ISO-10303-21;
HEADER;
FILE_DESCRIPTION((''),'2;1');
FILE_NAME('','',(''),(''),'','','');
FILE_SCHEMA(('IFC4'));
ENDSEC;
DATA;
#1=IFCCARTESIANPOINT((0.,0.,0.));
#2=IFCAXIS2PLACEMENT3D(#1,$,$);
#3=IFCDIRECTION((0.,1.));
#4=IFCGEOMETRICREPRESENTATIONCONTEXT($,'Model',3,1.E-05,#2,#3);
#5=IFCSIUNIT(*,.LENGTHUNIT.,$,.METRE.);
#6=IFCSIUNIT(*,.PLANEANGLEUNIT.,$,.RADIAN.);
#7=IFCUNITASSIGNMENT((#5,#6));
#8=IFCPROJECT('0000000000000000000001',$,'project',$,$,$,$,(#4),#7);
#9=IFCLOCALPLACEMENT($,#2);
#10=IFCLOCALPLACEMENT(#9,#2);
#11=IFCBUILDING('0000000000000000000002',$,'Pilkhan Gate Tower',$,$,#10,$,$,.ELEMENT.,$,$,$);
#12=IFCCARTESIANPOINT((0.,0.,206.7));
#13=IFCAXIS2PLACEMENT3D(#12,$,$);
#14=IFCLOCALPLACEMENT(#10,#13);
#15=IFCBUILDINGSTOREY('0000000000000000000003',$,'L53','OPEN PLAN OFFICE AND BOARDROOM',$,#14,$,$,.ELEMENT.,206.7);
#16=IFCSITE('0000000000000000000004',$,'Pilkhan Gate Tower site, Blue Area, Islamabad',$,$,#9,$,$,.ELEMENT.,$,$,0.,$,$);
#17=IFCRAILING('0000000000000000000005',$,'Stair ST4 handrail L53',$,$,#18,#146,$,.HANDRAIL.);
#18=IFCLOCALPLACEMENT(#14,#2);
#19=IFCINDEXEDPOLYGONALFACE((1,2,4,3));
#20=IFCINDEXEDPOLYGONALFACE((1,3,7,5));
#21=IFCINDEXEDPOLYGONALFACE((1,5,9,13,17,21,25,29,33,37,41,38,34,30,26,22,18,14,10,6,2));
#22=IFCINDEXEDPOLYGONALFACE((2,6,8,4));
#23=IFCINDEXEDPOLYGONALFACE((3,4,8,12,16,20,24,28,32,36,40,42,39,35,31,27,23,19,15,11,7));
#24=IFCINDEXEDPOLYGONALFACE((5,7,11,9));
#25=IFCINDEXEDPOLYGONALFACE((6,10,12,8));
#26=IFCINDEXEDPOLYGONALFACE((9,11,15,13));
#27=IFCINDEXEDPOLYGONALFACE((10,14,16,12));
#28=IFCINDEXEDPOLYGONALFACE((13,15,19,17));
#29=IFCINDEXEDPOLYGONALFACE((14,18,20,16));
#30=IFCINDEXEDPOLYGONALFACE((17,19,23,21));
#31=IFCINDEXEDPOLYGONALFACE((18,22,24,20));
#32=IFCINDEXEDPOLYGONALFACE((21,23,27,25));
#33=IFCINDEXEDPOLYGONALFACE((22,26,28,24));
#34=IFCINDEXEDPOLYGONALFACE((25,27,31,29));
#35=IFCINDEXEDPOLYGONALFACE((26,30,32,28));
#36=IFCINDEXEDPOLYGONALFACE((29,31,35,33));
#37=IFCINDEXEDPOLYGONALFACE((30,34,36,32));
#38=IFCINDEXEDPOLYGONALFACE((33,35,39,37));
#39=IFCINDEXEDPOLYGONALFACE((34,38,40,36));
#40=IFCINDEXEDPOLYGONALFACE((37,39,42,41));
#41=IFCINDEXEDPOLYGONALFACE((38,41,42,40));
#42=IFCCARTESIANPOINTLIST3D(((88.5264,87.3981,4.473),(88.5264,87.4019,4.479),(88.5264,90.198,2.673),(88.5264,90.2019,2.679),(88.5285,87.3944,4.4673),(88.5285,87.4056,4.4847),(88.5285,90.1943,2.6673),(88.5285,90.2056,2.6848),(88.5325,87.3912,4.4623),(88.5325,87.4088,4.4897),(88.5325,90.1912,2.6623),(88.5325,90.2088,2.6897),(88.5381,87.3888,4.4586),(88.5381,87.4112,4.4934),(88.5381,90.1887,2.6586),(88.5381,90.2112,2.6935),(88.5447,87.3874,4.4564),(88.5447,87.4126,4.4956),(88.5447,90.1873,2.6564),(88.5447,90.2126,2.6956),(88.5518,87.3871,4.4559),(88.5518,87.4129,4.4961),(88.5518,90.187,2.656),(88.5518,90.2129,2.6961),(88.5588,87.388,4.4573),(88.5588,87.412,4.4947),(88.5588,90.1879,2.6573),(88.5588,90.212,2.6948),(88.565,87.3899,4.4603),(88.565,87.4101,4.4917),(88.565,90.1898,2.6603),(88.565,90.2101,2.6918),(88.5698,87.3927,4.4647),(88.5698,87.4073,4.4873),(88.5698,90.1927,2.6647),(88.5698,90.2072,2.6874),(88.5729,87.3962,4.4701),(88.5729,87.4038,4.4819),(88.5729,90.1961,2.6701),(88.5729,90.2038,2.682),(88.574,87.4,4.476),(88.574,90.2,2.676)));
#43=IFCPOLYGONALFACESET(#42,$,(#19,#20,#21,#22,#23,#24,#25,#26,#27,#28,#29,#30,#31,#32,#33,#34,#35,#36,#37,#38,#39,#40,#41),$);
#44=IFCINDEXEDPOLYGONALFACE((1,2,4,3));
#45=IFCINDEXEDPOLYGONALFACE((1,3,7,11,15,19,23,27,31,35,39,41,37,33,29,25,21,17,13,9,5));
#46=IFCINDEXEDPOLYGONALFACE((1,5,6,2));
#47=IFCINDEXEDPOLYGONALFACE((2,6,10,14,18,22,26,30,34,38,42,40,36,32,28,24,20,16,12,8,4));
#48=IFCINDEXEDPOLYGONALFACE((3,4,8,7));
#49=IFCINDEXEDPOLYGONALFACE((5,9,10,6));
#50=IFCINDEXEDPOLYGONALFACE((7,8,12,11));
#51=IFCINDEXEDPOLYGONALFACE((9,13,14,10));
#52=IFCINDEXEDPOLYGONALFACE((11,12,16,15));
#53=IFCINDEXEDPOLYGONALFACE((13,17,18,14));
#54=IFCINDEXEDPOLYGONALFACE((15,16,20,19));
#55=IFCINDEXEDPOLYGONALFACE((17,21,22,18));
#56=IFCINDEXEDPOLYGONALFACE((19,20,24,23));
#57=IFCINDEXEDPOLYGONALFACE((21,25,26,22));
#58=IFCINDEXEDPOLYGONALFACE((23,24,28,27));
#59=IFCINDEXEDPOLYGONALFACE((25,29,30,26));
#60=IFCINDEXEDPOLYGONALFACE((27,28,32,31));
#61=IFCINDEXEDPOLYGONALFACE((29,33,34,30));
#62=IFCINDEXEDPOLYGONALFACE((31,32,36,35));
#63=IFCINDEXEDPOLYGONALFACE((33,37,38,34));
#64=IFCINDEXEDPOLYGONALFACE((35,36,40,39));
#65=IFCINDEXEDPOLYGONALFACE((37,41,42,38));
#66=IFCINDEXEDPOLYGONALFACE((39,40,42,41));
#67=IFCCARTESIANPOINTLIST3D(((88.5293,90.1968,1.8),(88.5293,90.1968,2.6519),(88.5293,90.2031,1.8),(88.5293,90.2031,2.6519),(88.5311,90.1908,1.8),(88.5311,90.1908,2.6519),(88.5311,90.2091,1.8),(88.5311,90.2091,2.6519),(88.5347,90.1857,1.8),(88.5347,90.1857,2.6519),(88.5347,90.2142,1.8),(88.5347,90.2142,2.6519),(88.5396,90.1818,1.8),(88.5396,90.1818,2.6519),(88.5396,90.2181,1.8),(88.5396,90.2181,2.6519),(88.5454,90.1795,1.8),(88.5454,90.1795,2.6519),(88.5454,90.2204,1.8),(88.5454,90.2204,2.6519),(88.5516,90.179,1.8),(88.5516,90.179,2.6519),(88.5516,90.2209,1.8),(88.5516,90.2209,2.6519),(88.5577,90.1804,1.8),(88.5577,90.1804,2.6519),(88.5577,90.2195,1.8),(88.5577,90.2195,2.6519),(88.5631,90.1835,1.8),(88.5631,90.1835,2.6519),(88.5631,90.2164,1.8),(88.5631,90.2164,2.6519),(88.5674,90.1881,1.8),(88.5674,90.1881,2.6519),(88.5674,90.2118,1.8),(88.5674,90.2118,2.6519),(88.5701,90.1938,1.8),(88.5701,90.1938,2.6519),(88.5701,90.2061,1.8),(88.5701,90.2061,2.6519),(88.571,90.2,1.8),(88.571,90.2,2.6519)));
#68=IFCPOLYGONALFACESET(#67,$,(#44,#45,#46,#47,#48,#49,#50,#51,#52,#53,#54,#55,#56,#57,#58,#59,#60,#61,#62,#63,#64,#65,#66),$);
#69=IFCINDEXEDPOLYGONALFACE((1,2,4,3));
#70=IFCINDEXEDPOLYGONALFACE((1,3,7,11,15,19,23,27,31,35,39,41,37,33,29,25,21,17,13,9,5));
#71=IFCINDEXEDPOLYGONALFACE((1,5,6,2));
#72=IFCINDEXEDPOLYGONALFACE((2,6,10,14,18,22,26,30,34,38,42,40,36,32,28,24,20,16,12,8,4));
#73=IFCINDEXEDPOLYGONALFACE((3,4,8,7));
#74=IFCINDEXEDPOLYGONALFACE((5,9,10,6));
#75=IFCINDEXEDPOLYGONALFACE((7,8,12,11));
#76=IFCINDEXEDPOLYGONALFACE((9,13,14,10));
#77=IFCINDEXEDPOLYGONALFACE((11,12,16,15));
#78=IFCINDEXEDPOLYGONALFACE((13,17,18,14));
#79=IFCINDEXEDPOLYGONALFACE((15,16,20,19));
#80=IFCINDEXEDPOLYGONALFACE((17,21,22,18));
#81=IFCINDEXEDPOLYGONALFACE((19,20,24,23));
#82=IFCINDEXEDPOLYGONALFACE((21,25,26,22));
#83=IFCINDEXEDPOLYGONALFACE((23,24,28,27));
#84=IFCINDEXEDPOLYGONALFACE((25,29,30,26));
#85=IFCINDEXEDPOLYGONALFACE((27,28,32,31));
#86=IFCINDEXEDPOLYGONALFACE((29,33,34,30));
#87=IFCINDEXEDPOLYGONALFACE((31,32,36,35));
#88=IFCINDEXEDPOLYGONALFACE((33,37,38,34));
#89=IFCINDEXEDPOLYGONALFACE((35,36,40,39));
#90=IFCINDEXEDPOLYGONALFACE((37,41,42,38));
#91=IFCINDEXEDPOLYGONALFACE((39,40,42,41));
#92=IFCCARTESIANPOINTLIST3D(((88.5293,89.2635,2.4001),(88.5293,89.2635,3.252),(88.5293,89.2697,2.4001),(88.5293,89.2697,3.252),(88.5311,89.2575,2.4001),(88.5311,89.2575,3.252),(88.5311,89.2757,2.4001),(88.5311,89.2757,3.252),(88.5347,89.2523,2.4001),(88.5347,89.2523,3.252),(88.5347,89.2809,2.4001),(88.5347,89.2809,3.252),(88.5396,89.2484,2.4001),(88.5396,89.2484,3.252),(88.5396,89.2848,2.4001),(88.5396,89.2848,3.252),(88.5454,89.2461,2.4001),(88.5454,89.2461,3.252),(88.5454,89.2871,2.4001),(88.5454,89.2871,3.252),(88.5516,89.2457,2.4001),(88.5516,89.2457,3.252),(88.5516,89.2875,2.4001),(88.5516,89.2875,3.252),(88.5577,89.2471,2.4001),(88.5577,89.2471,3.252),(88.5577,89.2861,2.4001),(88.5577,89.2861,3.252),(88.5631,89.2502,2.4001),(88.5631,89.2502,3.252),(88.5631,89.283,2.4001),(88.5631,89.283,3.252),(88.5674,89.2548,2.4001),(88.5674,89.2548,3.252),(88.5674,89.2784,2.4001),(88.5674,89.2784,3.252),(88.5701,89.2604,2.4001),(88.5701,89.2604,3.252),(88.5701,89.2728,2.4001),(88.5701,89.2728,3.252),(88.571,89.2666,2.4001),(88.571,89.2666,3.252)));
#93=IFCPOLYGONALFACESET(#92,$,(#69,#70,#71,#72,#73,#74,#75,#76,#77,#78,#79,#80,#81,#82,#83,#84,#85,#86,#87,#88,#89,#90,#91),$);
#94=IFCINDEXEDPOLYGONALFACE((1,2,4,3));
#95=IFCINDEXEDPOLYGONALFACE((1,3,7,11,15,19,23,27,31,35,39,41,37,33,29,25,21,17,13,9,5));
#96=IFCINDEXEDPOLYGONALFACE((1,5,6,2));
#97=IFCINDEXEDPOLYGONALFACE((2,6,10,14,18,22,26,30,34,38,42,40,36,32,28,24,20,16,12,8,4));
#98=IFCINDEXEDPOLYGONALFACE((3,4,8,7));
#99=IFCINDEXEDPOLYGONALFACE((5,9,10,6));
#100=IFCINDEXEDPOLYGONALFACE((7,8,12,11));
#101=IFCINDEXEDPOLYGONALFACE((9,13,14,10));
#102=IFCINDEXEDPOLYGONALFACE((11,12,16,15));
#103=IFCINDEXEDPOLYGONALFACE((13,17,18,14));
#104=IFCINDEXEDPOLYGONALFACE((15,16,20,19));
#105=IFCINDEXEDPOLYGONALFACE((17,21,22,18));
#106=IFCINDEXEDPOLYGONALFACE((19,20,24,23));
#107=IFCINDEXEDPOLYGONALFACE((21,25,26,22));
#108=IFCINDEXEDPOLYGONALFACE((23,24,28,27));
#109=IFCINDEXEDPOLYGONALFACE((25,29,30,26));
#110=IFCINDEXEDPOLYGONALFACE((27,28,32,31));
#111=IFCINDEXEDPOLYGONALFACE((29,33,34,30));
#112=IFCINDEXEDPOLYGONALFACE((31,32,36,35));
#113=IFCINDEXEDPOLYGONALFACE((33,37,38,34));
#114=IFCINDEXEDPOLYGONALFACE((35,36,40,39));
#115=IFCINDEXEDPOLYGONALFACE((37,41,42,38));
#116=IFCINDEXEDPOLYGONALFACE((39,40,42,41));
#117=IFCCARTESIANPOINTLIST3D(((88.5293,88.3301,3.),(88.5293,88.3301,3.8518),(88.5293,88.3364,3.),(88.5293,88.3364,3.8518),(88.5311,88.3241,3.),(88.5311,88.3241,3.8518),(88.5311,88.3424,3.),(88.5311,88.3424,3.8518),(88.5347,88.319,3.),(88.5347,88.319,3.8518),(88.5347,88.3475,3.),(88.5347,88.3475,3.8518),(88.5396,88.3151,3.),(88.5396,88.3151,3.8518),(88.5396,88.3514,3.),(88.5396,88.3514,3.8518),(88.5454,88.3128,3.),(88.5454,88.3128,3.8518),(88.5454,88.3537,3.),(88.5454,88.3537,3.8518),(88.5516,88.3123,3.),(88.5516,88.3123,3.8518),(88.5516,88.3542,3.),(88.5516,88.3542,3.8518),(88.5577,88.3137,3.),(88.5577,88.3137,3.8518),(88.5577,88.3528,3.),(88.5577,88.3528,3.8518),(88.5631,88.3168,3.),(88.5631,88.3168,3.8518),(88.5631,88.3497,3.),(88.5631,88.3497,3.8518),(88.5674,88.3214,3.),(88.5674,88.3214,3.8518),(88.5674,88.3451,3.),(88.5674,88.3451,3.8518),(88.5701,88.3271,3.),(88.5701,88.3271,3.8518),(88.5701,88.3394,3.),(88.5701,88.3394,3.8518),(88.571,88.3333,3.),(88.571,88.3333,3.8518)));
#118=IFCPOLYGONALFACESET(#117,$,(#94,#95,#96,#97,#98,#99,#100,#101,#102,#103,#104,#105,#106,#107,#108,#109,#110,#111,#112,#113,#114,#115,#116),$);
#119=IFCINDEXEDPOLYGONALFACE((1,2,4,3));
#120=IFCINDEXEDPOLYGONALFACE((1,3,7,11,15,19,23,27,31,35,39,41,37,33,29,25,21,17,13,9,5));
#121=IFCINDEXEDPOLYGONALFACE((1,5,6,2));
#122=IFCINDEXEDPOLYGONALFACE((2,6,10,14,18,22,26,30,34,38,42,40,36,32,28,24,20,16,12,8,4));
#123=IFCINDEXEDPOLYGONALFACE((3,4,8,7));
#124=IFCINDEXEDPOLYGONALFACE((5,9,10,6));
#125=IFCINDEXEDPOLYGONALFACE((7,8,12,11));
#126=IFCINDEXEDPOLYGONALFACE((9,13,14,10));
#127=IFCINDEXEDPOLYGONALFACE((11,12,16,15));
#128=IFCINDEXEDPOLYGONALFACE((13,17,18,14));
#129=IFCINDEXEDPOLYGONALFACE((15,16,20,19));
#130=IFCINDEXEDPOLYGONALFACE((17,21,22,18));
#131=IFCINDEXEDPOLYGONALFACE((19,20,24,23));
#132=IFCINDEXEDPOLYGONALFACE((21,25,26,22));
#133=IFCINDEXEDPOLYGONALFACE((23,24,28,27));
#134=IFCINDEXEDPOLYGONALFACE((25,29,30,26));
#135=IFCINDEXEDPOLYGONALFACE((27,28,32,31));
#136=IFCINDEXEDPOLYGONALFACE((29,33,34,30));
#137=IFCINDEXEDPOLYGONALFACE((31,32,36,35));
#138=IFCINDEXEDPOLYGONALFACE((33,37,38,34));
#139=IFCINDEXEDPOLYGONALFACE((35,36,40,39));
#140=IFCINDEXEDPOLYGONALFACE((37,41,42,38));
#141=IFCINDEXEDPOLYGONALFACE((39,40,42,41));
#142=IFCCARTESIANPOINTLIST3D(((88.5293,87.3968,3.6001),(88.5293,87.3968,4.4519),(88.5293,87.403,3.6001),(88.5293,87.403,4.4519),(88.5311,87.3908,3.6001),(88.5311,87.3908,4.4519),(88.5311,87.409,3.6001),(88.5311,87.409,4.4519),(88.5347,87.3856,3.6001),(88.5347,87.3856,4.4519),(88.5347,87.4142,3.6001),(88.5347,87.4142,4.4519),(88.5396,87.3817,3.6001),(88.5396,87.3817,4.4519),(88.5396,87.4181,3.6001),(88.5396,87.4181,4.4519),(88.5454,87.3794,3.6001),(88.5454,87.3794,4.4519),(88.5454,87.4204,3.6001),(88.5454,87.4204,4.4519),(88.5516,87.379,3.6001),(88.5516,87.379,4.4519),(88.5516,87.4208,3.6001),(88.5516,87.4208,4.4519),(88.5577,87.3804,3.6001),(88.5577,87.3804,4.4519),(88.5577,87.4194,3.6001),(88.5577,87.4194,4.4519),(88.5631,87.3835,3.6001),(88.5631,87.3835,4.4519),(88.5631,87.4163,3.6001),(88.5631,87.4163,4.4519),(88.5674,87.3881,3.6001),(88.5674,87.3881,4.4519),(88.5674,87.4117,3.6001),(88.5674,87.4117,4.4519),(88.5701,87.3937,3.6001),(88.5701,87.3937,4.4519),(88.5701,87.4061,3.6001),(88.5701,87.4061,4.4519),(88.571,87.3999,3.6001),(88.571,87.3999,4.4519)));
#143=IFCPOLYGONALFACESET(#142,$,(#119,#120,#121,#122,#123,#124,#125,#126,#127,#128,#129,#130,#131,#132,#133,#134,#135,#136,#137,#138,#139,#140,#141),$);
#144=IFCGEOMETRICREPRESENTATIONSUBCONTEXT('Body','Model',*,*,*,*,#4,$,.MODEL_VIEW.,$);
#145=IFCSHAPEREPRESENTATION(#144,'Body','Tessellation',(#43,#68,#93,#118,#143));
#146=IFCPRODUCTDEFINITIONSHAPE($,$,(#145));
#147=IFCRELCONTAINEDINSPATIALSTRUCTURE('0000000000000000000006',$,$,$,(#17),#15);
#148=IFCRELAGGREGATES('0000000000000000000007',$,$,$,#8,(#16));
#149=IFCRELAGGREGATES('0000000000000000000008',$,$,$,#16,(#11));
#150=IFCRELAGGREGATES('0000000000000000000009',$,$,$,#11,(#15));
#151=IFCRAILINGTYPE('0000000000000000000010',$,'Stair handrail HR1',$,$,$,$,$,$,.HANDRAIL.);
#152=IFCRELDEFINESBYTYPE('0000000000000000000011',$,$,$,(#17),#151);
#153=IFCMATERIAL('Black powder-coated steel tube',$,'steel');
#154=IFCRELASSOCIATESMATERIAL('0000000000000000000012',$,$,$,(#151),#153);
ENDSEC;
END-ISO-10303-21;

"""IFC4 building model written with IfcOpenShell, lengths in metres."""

from ifc_helpers import new_model, si_unit, direction, frame, origin, origin_2d, place, context, subcontext, project, spatial, circle, extrude, material, type_object, element, save


model = new_model("IFC4")

# Units and contexts
model_context = context("Model", 3, precision=1e-05, world=origin(), true_north=direction((0.0, 1.0)))
body_context = subcontext(model_context, "Body", "Model", "MODEL_VIEW")
ifc_project = project(units=[si_unit("LENGTHUNIT", "METRE"), si_unit("PLANEANGLEUNIT", "RADIAN")], contexts=[model_context])

# Site, building, storey
site_placement = place(None, origin())
site = spatial("IfcSite", under=ifc_project, at=site_placement, Name="Pilkhan Gate Tower site, Blue Area, Islamabad", CompositionType="ELEMENT", RefElevation=0.0)
building_placement = place(site_placement, origin())
building = spatial("IfcBuilding", under=site, at=building_placement, Name="Pilkhan Gate Tower", CompositionType="ELEMENT")
storey_placement = place(building_placement, frame((0.0, 0.0, 206.7)))
storey = spatial("IfcBuildingStorey", under=building, at=storey_placement, Name="L53", Description="OPEN PLAN OFFICE AND BOARDROOM", CompositionType="ELEMENT", Elevation=206.7)

# Railing
ifc_material_1 = material(Name="Black powder-coated steel tube", Category="steel")
railing_type_1 = type_object("IfcRailingType", Name="Stair handrail HR1", PredefinedType="HANDRAIL", material=ifc_material_1)
railing_1_placement = place(storey_placement, frame((88.55, 90.2, 1.8)))
element("IfcRailing", 1, at=railing_1_placement, inside=storey, type_object=railing_type_1, Name="Stair ST4 handrail L53", PredefinedType="HANDRAIL", context=body_context, shape_type="SweptSolid", body=[
    extrude(circle(Radius=0.0239, at=origin_2d()), frame((0.0, 0.0, 0.876), z_axis=(0.0, -0.841176, 0.540761), x_axis=(1.0, 0.0, 0.0)), (0.0, 0.0, 1.0), 3.3286),
    extrude(circle(Radius=0.021, at=origin_2d()), origin(), (0.0, 0.0, 1.0), 0.8518),
    extrude(circle(Radius=0.021, at=origin_2d()), frame((0.0, -0.9333, 0.6001)), (0.0, 0.0, 1.0), 0.8518),
    extrude(circle(Radius=0.021, at=origin_2d()), frame((0.0, -1.8667, 1.2)), (0.0, 0.0, 1.0), 0.8518),
    extrude(circle(Radius=0.021, at=origin_2d()), frame((0.0, -2.8, 1.8)), (0.0, 0.0, 1.0), 0.8518),
])

save(model, "model.ifc")
